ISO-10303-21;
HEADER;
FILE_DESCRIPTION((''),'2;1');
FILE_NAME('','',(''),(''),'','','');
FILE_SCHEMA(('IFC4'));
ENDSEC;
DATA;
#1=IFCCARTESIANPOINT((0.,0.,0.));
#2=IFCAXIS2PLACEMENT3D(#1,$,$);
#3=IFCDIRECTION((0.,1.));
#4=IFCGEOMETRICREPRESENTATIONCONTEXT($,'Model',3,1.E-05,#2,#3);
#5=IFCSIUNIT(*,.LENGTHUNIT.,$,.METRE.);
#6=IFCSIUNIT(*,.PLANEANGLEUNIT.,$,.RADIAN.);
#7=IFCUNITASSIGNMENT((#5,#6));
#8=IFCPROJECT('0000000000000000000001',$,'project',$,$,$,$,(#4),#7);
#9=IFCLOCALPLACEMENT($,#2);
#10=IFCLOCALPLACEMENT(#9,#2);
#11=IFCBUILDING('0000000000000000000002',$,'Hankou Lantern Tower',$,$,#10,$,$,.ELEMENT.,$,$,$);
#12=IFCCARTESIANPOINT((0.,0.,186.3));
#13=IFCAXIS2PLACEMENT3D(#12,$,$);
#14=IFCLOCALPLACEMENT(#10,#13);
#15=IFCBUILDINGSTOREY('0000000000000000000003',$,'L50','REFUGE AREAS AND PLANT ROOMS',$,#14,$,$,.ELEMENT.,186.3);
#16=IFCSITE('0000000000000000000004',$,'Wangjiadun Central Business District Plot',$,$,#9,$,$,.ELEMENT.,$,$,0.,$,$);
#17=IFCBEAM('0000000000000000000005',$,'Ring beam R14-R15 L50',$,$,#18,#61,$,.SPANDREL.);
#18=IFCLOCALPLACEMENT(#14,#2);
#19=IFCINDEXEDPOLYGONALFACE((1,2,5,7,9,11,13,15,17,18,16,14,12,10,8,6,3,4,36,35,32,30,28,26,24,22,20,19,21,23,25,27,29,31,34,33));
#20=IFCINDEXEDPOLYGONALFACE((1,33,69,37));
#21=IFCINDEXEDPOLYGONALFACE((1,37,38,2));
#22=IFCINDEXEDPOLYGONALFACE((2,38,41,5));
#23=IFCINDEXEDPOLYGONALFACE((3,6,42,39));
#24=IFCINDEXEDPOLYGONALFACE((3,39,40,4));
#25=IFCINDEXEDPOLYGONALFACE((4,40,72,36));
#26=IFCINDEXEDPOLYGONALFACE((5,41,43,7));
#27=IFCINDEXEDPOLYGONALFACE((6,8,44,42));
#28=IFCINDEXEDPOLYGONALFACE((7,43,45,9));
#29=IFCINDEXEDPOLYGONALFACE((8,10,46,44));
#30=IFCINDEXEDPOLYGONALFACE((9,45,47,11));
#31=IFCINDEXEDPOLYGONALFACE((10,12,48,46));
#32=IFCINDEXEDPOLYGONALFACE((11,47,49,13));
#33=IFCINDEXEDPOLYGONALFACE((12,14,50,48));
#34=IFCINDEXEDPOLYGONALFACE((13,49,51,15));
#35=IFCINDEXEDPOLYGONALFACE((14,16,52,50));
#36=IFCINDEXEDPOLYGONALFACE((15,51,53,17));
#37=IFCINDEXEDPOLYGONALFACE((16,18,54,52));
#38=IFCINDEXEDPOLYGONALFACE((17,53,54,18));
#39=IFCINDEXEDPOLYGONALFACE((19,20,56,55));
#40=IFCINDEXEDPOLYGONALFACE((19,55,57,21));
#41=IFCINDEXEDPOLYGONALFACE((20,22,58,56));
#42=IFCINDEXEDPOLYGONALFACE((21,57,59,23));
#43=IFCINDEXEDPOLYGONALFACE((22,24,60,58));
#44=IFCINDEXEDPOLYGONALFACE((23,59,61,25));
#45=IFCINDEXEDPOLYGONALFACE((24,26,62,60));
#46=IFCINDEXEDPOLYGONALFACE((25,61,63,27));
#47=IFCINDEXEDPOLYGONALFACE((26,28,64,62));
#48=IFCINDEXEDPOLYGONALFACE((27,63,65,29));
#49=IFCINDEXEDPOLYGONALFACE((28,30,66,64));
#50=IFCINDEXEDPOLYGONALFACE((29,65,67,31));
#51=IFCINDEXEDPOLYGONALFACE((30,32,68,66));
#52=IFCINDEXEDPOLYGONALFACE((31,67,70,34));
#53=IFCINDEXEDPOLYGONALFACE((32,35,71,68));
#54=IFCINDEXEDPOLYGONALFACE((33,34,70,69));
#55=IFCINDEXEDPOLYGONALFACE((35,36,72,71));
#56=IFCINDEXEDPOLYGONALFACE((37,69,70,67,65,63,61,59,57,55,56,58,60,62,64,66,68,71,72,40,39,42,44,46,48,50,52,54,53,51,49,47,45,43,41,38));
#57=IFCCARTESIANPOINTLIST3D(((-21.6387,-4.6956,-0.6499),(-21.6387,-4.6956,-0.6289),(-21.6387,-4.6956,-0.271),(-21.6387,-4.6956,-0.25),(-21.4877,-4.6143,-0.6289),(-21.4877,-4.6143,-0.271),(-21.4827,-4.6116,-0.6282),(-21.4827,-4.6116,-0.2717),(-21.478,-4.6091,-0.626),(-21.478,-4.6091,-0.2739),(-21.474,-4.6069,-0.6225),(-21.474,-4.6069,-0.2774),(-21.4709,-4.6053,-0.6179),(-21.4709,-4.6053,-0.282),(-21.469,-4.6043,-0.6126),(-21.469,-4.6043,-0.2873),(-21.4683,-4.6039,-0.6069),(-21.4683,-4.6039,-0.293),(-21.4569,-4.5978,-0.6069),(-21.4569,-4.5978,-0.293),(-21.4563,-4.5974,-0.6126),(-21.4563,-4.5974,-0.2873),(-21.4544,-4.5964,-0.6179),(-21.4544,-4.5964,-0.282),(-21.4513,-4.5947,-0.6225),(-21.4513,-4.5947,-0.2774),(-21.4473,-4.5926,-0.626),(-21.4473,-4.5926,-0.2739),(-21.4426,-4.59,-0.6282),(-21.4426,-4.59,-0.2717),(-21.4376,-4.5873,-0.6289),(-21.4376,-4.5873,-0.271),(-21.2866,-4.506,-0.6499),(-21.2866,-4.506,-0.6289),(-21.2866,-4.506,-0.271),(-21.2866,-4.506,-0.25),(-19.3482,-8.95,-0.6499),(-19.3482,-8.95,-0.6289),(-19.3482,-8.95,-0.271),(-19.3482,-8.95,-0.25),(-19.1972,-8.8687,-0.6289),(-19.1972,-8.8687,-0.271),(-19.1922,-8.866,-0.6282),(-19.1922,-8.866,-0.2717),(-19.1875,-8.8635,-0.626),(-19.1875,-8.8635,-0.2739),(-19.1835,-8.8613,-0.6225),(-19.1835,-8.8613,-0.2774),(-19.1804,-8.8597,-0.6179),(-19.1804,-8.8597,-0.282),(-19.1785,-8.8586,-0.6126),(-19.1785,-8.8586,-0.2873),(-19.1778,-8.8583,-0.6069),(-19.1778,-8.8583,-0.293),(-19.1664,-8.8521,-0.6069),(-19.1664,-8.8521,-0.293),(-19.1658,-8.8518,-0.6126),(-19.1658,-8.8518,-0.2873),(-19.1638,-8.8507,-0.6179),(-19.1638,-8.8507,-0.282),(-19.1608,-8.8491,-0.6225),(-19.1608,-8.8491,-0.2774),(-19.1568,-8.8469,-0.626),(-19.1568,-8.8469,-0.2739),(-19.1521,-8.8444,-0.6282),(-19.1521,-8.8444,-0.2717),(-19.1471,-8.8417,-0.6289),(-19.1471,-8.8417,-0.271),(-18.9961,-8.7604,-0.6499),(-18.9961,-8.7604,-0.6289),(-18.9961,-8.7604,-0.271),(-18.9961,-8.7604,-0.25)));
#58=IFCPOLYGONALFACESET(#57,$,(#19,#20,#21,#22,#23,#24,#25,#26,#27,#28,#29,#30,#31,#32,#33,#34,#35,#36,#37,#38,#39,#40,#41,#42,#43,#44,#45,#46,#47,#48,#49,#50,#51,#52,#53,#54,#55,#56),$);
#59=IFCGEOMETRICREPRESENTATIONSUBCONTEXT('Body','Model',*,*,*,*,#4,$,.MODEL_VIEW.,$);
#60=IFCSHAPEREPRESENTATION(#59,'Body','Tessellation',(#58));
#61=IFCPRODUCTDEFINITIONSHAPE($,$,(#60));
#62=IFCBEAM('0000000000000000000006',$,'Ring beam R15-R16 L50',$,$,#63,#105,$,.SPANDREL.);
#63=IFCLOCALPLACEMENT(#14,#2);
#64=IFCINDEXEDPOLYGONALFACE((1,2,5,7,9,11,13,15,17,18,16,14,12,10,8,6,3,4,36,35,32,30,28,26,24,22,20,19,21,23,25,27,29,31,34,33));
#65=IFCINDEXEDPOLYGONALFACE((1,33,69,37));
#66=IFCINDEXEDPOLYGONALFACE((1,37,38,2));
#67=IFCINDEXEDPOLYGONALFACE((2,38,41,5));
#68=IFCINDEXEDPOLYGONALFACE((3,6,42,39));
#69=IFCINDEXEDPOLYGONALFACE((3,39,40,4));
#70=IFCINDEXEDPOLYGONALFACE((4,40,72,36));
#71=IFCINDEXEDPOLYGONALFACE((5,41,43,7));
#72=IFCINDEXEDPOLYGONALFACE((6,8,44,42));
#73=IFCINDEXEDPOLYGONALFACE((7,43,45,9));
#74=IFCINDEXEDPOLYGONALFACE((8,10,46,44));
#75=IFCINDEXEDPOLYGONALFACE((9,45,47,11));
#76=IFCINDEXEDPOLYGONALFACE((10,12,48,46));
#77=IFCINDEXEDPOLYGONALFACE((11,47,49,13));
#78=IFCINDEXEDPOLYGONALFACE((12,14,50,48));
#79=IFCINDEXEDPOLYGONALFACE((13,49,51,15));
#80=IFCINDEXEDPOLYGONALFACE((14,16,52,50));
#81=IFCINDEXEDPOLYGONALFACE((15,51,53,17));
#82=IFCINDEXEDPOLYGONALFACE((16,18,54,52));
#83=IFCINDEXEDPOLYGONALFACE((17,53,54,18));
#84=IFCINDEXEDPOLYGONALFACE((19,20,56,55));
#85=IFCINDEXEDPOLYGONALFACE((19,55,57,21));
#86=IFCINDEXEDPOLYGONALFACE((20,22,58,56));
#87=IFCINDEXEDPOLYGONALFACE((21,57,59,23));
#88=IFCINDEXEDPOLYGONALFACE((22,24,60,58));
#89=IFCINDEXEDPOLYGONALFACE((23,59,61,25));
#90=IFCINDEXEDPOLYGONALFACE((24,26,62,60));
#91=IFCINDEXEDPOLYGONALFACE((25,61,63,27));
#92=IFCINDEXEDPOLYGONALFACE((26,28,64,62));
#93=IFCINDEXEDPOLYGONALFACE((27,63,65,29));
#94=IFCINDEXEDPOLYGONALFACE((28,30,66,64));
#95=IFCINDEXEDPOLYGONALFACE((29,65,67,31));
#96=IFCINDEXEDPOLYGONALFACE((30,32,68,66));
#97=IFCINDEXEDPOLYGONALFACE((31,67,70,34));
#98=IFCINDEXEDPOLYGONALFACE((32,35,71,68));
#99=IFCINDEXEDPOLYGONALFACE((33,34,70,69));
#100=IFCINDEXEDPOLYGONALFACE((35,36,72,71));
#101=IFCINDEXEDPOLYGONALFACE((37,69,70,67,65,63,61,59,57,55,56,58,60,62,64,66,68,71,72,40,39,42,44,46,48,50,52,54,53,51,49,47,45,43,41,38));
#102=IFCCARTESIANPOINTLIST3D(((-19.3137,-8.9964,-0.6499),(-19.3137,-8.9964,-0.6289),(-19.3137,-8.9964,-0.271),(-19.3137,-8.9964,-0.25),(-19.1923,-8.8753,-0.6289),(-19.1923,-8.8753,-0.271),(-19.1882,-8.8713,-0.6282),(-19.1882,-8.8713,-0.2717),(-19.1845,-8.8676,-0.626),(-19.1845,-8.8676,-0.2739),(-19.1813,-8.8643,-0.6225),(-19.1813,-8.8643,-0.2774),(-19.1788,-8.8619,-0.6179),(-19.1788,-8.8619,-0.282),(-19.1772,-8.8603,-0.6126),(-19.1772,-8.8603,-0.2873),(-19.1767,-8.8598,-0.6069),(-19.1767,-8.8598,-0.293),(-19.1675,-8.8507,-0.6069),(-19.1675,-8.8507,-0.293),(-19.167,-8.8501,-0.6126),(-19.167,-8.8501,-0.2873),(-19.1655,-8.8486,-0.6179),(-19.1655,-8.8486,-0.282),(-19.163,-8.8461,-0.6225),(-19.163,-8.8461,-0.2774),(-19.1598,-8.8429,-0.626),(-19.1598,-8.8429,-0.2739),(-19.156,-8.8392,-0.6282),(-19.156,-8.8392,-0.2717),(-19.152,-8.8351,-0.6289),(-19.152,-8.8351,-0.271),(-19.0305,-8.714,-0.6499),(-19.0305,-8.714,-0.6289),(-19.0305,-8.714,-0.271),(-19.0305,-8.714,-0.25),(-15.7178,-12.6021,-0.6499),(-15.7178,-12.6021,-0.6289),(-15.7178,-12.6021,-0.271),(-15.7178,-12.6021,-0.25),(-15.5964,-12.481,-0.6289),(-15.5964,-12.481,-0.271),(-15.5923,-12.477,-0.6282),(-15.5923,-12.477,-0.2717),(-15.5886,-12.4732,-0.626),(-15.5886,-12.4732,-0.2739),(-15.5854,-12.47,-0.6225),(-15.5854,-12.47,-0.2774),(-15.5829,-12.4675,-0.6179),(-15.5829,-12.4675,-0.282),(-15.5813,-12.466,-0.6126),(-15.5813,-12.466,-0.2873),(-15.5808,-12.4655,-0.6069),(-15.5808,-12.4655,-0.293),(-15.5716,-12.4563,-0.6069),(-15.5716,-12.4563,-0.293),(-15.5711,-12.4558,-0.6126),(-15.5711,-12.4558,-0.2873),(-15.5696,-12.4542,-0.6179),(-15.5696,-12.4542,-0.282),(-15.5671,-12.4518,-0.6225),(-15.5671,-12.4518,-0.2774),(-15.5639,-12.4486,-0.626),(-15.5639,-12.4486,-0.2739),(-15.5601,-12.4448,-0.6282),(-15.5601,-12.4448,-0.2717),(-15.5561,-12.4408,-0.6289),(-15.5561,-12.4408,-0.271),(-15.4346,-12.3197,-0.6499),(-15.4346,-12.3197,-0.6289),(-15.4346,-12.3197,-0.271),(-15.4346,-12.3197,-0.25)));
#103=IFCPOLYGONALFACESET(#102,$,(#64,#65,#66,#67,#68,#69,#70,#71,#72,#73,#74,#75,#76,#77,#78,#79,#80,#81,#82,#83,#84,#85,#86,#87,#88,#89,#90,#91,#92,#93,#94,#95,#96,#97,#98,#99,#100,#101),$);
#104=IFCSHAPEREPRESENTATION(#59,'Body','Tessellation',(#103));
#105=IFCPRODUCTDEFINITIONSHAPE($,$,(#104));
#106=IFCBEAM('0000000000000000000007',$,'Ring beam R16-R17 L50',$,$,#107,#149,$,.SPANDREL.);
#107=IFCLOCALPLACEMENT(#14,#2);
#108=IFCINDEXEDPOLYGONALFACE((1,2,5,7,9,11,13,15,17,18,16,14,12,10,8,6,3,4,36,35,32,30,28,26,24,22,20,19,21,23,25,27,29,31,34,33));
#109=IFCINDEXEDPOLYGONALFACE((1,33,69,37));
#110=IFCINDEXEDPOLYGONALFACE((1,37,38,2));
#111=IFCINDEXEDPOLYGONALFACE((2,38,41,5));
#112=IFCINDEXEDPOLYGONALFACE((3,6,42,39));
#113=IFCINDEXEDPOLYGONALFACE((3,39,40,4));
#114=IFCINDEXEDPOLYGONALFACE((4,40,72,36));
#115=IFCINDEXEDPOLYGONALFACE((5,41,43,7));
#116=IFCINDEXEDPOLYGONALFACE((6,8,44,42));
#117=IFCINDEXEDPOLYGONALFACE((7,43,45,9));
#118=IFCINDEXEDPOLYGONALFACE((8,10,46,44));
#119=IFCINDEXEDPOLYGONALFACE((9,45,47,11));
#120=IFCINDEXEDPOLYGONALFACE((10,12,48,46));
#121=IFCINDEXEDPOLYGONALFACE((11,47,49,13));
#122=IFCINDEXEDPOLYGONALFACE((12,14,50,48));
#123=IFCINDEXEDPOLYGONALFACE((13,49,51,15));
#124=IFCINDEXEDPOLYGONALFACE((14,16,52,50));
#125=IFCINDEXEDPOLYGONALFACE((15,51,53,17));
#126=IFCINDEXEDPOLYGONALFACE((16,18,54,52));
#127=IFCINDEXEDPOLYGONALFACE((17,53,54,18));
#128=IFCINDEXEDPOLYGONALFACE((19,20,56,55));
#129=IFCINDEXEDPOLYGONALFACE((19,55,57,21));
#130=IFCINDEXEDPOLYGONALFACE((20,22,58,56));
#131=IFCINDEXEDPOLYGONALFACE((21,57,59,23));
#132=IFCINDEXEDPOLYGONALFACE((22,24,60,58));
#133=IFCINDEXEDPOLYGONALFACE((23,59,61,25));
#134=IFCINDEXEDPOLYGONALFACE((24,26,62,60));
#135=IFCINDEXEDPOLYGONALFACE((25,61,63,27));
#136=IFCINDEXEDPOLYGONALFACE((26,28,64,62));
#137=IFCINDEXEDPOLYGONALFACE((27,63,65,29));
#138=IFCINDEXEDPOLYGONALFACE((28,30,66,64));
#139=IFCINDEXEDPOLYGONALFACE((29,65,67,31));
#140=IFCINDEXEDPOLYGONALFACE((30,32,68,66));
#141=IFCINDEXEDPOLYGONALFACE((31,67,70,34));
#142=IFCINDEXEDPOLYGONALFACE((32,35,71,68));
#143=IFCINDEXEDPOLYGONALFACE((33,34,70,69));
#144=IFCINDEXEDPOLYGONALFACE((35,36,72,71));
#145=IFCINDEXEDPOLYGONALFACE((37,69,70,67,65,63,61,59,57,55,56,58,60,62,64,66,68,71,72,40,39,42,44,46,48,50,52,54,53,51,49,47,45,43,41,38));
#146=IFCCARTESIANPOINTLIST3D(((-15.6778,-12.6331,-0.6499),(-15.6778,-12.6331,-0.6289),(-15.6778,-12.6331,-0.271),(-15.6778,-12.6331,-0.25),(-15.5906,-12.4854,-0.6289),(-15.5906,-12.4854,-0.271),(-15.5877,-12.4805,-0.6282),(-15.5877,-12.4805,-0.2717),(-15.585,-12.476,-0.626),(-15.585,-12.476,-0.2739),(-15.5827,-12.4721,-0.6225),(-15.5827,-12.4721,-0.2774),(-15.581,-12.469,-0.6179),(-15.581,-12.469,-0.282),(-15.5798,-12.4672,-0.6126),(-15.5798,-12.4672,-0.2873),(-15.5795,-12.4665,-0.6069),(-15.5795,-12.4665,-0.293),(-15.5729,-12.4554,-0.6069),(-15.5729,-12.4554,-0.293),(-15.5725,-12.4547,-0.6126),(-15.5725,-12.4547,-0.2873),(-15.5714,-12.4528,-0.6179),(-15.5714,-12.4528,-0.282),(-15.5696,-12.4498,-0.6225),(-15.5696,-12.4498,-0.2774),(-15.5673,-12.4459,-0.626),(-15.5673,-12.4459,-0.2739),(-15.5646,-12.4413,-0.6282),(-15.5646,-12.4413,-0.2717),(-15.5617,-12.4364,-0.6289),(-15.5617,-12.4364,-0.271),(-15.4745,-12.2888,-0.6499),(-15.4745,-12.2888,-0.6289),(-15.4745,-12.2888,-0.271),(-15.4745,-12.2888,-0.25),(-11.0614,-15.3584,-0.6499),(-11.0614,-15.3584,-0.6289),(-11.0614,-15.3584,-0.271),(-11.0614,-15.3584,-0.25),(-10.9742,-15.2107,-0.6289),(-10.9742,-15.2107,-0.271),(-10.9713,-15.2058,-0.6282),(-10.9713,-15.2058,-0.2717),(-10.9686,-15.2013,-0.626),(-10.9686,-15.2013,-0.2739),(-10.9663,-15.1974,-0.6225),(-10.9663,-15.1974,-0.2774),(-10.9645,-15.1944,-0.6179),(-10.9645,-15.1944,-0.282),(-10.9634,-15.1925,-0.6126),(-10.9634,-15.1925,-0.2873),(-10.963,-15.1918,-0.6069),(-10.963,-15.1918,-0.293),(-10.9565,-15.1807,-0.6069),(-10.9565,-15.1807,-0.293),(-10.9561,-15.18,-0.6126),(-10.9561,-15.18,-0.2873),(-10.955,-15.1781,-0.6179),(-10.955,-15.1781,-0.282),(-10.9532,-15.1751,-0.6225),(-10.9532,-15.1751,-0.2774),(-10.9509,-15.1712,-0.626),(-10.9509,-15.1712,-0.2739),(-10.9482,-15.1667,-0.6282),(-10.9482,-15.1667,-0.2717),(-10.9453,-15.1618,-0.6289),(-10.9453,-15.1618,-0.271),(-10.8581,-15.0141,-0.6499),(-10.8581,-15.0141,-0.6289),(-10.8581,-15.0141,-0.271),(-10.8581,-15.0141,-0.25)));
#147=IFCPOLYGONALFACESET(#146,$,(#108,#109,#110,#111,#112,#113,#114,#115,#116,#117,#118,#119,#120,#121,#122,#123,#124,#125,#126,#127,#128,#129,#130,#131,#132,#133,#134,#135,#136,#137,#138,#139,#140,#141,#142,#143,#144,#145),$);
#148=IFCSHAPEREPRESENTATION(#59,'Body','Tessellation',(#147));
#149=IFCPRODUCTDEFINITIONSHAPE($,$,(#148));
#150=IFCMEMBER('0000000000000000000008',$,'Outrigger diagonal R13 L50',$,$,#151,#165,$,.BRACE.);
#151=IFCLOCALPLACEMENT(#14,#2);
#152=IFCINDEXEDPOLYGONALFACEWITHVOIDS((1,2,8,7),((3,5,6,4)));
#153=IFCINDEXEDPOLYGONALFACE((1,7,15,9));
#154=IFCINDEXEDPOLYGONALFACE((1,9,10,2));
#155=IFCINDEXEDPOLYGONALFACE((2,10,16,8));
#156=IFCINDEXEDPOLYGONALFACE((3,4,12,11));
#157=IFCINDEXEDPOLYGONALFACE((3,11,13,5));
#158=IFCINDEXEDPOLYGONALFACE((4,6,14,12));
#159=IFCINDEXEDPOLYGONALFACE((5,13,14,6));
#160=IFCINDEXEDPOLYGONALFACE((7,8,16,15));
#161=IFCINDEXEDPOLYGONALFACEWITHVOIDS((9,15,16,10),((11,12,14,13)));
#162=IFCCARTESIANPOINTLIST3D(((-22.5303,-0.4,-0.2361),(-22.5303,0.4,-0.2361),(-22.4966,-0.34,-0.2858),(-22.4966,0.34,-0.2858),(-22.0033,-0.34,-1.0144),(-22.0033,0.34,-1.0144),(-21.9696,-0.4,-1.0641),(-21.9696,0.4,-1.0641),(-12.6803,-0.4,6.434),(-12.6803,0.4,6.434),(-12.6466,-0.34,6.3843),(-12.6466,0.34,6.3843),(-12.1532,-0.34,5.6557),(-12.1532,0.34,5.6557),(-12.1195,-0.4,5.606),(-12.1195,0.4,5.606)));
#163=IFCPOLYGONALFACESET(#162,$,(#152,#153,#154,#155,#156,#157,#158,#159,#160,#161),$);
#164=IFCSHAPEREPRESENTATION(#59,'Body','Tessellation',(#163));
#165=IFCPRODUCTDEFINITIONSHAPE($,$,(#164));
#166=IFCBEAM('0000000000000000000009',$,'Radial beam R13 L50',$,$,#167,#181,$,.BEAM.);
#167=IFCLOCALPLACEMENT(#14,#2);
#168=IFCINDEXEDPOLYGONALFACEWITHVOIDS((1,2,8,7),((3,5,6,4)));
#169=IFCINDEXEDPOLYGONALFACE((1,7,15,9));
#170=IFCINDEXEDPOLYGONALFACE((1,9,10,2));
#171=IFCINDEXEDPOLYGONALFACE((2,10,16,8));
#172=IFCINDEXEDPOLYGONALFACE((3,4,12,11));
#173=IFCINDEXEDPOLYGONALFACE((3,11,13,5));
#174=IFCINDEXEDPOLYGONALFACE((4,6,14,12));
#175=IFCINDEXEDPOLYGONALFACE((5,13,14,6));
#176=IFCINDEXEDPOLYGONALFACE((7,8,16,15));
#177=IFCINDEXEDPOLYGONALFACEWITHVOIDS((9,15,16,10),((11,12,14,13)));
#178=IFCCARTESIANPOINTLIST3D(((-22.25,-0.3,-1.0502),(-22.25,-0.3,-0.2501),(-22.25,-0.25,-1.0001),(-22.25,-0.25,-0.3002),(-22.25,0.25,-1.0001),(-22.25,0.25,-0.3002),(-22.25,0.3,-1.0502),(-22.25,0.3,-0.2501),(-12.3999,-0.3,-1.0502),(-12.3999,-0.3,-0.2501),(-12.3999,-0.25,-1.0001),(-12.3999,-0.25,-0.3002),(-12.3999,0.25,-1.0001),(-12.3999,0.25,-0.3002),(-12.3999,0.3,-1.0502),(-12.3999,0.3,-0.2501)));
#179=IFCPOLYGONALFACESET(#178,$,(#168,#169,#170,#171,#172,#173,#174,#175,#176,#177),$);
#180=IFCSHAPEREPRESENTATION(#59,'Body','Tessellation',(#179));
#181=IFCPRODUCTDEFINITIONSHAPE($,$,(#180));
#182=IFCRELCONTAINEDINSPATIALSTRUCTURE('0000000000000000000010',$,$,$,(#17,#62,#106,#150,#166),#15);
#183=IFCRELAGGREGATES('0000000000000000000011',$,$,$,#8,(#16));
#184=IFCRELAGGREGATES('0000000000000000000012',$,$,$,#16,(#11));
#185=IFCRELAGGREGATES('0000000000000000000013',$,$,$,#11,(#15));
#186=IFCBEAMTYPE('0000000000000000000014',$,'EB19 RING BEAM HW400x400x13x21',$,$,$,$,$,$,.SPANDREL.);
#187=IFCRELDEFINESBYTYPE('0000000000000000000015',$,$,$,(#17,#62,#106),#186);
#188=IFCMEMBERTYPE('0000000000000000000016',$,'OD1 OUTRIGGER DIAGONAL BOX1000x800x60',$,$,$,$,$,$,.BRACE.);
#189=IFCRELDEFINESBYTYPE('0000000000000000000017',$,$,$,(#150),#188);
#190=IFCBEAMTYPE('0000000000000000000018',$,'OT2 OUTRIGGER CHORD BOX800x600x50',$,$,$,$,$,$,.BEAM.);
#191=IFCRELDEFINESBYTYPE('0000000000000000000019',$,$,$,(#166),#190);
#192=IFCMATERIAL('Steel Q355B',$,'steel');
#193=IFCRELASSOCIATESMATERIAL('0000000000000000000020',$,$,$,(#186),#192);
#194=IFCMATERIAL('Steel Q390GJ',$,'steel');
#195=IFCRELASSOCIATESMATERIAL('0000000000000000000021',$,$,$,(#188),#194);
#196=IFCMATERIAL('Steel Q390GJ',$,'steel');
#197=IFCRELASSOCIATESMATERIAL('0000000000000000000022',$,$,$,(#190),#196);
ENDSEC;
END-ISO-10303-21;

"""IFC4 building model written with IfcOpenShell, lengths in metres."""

from ifc_helpers import new_model, si_unit, direction, frame, origin, origin_2d, place, context, subcontext, project, spatial, hollow_rectangle, i_section, extrude, material, material_profile, profile_set, type_object, element, save


model = new_model("IFC4")

# Units and contexts
model_context = context("Model", 3, precision=1e-05, world=origin(), true_north=direction((0.0, 1.0)))
body_context = subcontext(model_context, "Body", "Model", "MODEL_VIEW")
ifc_project = project(units=[si_unit("LENGTHUNIT", "METRE"), si_unit("PLANEANGLEUNIT", "RADIAN")], contexts=[model_context])

# Site, building, storey
site_placement = place(None, origin())
site = spatial("IfcSite", under=ifc_project, at=site_placement, Name="Wangjiadun Central Business District Plot", CompositionType="ELEMENT", RefElevation=0.0)
building_placement = place(site_placement, origin())
building = spatial("IfcBuilding", under=site, at=building_placement, Name="Hankou Lantern Tower", CompositionType="ELEMENT")
storey_placement = place(building_placement, frame((0.0, 0.0, 186.3)))
storey = spatial("IfcBuildingStorey", under=building, at=storey_placement, Name="L50", Description="REFUGE AREAS AND PLANT ROOMS", CompositionType="ELEMENT", Elevation=186.3)

# Beams
ifc_material_1 = material(Name="Steel Q355B", Category="steel")
ifc_material_profile_1 = material_profile(ifc_material_1, i_section(OverallWidth=0.3999, OverallDepth=0.3999, WebThickness=0.0129, FlangeThickness=0.021, FilletRadius=0.022, at=origin_2d()), Name="HW400x400x13x21")
ifc_profile_set_1 = profile_set([ifc_material_profile_1], Name="Steel Q355B")
beam_type_1 = type_object("IfcBeamType", Name="EB19 RING BEAM HW400x400x13x21", PredefinedType="SPANDREL", material=ifc_profile_set_1)
beam_1_placement = place(storey_placement, frame((-21.4626, -4.6008, -0.45), z_axis=(0.474052, -0.880497, 0.0), x_axis=(0.880497, 0.474052, 0.0)))
element("IfcBeam", 1, at=beam_1_placement, inside=storey, type_object=beam_type_1, Name="Ring beam R14-R15 L50", PredefinedType="SPANDREL", context=body_context, shape_type="SweptSolid", body=[
    extrude(i_section(OverallWidth=0.3999, OverallDepth=0.3999, WebThickness=0.0129, FlangeThickness=0.021, FilletRadius=0.022, at=origin_2d()), origin(), (0.0, 0.0, 1.0), 4.8318),
])
beam_2_placement = place(storey_placement, frame((-19.1721, -8.8552, -0.45), z_axis=(0.706147, -0.708065, 0.0), x_axis=(0.708065, 0.706147, 0.0)))
element("IfcBeam", 2, at=beam_2_placement, inside=storey, type_object=beam_type_1, Name="Ring beam R15-R16 L50", PredefinedType="SPANDREL", context=body_context, shape_type="SweptSolid", body=[
    extrude(i_section(OverallWidth=0.3999, OverallDepth=0.3999, WebThickness=0.0129, FlangeThickness=0.021, FilletRadius=0.022, at=origin_2d()), origin(), (0.0, 0.0, 1.0), 5.0923),
])
beam_3_placement = place(storey_placement, frame((-15.5762, -12.4609, -0.45), z_axis=(0.861136, -0.508375, 0.0), x_axis=(0.508375, 0.861136, 0.0)))
element("IfcBeam", 3, at=beam_3_placement, inside=storey, type_object=beam_type_1, Name="Ring beam R16-R17 L50", PredefinedType="SPANDREL", context=body_context, shape_type="SweptSolid", body=[
    extrude(i_section(OverallWidth=0.3999, OverallDepth=0.3999, WebThickness=0.0129, FlangeThickness=0.021, FilletRadius=0.022, at=origin_2d()), origin(), (0.0, 0.0, 1.0), 5.3608),
])

# Member
ifc_material_2 = material(Name="Steel Q390GJ", Category="steel")
ifc_material_profile_2 = material_profile(ifc_material_2, hollow_rectangle(XDim=0.8, YDim=1.0, WallThickness=0.0601, at=origin_2d()), Name="BOX1000x800x60")
ifc_profile_set_2 = profile_set([ifc_material_profile_2], Name="Steel Q390GJ")
member_type = type_object("IfcMemberType", Name="OD1 OUTRIGGER DIAGONAL BOX1000x800x60", PredefinedType="BRACE", material=ifc_profile_set_2)
member_placement = place(storey_placement, frame((-12.3999, 0.0, 6.02), z_axis=(-0.828016, 0.0, -0.560705), x_axis=(0.0, -1.0, 0.0)))
element("IfcMember", 4, at=member_placement, inside=storey, type_object=member_type, Name="Outrigger diagonal R13 L50", PredefinedType="BRACE", context=body_context, shape_type="SweptSolid", body=[
    extrude(hollow_rectangle(XDim=0.8, YDim=1.0, WallThickness=0.0601, at=origin_2d()), origin(), (0.0, 0.0, 1.0), 11.896),
])

# Beam
ifc_material_3 = material(Name="Steel Q390GJ", Category="steel")
ifc_material_profile_3 = material_profile(ifc_material_3, hollow_rectangle(XDim=0.6001, YDim=0.8, WallThickness=0.05, at=origin_2d()), Name="BOX800x600x50")
ifc_profile_set_3 = profile_set([ifc_material_profile_3], Name="Steel Q390GJ")
beam_type_2 = type_object("IfcBeamType", Name="OT2 OUTRIGGER CHORD BOX800x600x50", PredefinedType="BEAM", material=ifc_profile_set_3)
beam_4_placement = place(storey_placement, frame((-12.3999, 0.0, -0.6501), z_axis=(-1.0, 0.0, 0.0), x_axis=(0.0, -1.0, 0.0)))
element("IfcBeam", 5, at=beam_4_placement, inside=storey, type_object=beam_type_2, Name="Radial beam R13 L50", PredefinedType="BEAM", context=body_context, shape_type="SweptSolid", body=[
    extrude(hollow_rectangle(XDim=0.6001, YDim=0.8, WallThickness=0.05, at=origin_2d()), origin(), (0.0, 0.0, 1.0), 9.8501),
])

save(model, "model.ifc")
